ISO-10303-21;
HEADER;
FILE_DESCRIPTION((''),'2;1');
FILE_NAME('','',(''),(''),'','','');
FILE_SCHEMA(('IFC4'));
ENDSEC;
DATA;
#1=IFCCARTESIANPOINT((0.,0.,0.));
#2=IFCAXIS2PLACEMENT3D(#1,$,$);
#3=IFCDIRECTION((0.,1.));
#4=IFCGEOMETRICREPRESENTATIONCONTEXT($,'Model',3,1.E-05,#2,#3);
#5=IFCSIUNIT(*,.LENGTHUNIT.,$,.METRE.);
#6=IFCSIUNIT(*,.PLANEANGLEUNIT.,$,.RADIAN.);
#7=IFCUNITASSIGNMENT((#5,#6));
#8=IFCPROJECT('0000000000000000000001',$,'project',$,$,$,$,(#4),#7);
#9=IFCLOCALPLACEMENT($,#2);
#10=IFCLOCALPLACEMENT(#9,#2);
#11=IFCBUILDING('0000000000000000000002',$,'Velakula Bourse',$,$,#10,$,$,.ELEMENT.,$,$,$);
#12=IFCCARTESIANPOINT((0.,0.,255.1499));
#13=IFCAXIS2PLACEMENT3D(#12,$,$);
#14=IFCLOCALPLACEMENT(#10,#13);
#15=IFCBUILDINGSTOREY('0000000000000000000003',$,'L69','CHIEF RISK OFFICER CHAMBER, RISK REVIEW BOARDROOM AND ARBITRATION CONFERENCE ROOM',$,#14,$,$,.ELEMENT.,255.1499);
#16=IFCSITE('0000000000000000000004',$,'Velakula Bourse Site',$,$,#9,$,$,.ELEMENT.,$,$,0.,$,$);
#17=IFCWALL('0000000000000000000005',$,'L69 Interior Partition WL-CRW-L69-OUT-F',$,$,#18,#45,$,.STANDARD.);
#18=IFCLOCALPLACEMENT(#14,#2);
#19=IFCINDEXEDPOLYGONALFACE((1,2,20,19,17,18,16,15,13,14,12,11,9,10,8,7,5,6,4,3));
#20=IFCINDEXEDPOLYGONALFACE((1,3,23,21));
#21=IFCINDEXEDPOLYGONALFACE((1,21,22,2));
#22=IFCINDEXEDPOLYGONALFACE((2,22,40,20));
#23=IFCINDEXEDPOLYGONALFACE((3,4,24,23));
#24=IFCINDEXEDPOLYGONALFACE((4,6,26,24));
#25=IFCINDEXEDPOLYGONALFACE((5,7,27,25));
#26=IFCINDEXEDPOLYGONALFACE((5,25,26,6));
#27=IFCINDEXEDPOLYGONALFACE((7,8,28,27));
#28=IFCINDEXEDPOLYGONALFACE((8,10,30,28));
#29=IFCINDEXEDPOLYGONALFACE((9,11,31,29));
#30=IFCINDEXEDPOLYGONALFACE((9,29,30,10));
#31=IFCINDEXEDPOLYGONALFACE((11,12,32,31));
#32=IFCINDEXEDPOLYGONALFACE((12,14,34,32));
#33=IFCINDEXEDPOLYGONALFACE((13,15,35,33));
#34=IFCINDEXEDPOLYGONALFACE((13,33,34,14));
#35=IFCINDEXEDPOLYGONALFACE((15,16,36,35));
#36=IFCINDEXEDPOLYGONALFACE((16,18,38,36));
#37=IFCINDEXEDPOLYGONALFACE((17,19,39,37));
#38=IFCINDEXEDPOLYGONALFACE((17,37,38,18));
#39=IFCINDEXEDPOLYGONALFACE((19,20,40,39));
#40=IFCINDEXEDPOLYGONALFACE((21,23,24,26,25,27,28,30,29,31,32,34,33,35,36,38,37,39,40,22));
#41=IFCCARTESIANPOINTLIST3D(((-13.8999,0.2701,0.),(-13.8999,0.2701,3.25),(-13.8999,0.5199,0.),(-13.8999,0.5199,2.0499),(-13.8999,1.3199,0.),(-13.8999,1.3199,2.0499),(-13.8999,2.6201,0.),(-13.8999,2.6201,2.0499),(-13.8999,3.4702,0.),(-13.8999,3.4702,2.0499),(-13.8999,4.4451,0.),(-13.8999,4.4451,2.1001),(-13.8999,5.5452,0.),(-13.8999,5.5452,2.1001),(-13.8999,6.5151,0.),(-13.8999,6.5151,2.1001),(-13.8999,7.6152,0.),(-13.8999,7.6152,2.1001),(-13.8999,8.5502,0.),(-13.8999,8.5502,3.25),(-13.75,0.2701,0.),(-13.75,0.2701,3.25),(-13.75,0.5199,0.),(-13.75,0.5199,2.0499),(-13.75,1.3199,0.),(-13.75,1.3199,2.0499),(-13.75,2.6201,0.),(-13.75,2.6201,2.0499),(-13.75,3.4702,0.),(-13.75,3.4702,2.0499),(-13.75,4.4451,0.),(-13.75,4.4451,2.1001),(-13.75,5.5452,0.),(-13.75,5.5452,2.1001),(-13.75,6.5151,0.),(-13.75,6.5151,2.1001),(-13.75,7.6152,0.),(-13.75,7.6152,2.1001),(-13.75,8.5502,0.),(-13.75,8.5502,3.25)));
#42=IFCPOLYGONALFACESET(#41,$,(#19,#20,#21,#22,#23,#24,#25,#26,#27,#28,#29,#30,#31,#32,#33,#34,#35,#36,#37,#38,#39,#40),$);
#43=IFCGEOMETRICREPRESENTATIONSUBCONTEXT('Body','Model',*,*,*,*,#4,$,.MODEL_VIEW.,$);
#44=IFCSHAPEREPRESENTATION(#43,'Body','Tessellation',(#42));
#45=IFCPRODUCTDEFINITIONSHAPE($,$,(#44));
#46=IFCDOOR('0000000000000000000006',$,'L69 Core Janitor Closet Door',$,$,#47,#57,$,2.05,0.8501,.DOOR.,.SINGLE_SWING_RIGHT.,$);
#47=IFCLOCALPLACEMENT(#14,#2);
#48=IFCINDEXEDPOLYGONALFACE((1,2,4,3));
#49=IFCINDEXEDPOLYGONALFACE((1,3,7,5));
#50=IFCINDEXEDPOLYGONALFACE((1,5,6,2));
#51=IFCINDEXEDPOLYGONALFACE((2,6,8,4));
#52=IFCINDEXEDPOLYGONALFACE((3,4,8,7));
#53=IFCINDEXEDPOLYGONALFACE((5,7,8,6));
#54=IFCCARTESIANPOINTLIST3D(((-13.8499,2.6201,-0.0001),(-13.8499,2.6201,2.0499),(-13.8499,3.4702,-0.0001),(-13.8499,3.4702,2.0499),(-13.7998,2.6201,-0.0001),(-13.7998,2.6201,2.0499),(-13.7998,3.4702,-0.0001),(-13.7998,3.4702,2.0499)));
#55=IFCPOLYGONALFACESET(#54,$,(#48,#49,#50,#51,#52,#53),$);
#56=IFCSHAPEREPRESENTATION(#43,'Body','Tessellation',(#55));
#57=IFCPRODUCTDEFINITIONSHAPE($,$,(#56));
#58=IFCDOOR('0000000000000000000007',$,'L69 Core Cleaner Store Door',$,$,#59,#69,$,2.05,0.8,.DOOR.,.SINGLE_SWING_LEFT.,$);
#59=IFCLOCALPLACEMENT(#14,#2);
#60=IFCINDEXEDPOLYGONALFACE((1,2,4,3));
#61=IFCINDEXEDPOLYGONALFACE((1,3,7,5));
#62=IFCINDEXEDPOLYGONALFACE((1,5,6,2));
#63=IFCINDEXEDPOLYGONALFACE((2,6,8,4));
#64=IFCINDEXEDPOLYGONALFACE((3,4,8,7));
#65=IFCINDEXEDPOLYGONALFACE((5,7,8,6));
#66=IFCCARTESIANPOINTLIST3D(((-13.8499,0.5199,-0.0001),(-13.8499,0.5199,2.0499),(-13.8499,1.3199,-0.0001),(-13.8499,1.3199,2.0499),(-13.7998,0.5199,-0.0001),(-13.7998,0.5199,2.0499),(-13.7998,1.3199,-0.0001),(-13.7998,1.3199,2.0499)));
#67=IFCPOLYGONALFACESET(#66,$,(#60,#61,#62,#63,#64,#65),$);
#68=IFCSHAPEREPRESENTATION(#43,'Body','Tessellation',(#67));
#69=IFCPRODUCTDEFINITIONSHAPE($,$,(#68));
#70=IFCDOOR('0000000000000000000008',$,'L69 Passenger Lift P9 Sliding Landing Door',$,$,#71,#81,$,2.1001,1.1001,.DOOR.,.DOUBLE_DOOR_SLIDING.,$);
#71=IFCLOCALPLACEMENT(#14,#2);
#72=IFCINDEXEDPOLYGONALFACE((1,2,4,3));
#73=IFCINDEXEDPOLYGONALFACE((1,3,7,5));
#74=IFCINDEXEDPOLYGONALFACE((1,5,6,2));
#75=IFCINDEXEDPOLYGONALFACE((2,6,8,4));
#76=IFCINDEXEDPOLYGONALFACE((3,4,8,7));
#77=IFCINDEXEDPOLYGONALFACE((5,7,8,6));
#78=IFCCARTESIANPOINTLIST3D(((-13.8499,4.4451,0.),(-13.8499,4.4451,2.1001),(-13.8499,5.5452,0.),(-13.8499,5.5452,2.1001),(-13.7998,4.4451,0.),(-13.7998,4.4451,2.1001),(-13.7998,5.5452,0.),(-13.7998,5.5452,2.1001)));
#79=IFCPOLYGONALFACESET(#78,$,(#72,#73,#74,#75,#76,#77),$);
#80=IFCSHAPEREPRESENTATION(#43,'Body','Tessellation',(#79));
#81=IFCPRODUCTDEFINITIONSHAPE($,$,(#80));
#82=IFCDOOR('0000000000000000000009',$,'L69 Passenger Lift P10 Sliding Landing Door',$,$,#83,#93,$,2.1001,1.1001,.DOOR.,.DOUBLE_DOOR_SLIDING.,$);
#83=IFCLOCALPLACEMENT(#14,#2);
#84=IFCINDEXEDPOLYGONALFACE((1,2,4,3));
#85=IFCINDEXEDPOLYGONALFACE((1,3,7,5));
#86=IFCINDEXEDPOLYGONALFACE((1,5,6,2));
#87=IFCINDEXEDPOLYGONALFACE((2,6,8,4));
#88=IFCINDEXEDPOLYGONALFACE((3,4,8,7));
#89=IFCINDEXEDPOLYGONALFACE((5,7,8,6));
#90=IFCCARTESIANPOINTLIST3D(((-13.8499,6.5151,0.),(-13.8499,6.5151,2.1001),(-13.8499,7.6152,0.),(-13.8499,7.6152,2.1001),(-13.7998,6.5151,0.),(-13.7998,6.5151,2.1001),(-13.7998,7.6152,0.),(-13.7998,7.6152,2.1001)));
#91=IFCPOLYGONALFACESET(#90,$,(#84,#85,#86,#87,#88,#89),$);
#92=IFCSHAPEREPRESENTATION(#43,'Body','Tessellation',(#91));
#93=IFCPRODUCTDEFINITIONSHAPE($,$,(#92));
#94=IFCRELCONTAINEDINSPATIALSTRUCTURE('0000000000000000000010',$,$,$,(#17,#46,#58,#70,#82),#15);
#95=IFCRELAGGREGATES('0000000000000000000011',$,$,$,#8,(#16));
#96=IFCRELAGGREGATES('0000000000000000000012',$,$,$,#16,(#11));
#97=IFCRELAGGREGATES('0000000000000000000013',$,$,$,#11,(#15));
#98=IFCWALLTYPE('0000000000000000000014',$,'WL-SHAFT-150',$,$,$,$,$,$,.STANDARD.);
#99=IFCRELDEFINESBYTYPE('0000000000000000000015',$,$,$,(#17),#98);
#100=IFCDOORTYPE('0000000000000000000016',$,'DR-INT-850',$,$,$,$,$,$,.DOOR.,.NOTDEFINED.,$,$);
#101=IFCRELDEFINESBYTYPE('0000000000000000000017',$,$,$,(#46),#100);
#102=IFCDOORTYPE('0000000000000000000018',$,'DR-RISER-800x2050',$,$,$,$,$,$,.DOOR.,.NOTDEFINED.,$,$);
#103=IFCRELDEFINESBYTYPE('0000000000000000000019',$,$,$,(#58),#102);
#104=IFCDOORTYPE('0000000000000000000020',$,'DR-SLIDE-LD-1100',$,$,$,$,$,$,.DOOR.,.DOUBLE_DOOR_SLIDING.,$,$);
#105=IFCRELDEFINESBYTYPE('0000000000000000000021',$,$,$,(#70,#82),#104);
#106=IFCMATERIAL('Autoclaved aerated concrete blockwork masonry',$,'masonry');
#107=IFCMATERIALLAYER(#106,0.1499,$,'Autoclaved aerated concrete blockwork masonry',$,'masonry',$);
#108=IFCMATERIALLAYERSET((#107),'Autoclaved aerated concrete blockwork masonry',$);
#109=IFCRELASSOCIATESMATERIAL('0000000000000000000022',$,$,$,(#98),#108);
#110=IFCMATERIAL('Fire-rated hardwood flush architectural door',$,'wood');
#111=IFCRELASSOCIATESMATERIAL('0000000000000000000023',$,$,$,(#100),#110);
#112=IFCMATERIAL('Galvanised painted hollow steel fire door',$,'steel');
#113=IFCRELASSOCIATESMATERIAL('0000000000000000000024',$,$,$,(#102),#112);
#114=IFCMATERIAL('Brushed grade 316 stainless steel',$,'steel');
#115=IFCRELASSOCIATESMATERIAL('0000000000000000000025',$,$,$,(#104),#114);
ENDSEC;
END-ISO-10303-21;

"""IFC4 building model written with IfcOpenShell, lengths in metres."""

from ifc_helpers import new_model, si_unit, direction, frame, frame_2d, origin, place, context, subcontext, project, spatial, rectangle, extrude, material, layer, layer_set, type_object, element, fill, save


model = new_model("IFC4")

# Units and contexts
model_context = context("Model", 3, precision=1e-05, world=origin(), true_north=direction((0.0, 1.0)))
body_context = subcontext(model_context, "Body", "Model", "MODEL_VIEW")
ifc_project = project(units=[si_unit("LENGTHUNIT", "METRE"), si_unit("PLANEANGLEUNIT", "RADIAN")], contexts=[model_context])

# Site, building, storey
site_placement = place(None, origin())
site = spatial("IfcSite", under=ifc_project, at=site_placement, Name="Velakula Bourse Site", CompositionType="ELEMENT", RefElevation=0.0)
building_placement = place(site_placement, origin())
building = spatial("IfcBuilding", under=site, at=building_placement, Name="Velakula Bourse", CompositionType="ELEMENT")
storey_placement = place(building_placement, frame((0.0, 0.0, 255.1499)))
storey = spatial("IfcBuildingStorey", under=building, at=storey_placement, Name="L69", Description="CHIEF RISK OFFICER CHAMBER, RISK REVIEW BOARDROOM AND ARBITRATION CONFERENCE ROOM", CompositionType="ELEMENT", Elevation=255.1499)

# Shared definitions
ifc_material_1 = material(Name="Fire-rated hardwood flush architectural door", Category="wood")

# Shared definitions
ifc_material_2 = material(Name="Autoclaved aerated concrete blockwork masonry", Category="masonry")
ifc_layer_1 = layer(ifc_material_2, 0.1499, Name="Autoclaved aerated concrete blockwork masonry", Category="masonry")
ifc_layer_set_1 = layer_set([ifc_layer_1], Name="Autoclaved aerated concrete blockwork masonry")
wall_type_1 = type_object("IfcWallType", Name="WL-SHAFT-150", PredefinedType="STANDARD", material=ifc_layer_set_1)

# Wall, openings, doors
wall_1_placement = place(storey_placement, frame((-13.825, 0.27, 0.0), z_axis=(0.0, 0.0, 1.0), x_axis=(0.0, 1.0, 0.0)))
wall_1 = element("IfcWall", 1, at=wall_1_placement, inside=storey, type_object=wall_type_1, Name="L69 Interior Partition WL-CRW-L69-OUT-F", PredefinedType="STANDARD", context=body_context, shape_type="SweptSolid", body=[
    extrude(rectangle(XDim=8.28, YDim=0.1499, at=frame_2d((4.1401, 0.0))), origin(), (0.0, 0.0, 1.0), 3.25),
])
opening_1_placement = place(wall_1_placement, frame((4.175, 0.0, 0.0)))
opening_1 = element("IfcOpeningElement", 2, at=opening_1_placement, cuts=wall_1, PredefinedType="OPENING", context=body_context, shape_type="SweptSolid", body=[
    extrude(rectangle(XDim=1.1001, YDim=2.1001, at=frame_2d((0.55, 1.05))), frame((0.0, 0.085, 0.0), z_axis=(0.0, -1.0, 0.0), x_axis=(1.0, 0.0, 0.0)), (0.0, 0.0, 1.0), 0.1699),
])
opening_2_placement = place(wall_1_placement, frame((6.2451, 0.0, 0.0)))
opening_2 = element("IfcOpeningElement", 3, at=opening_2_placement, cuts=wall_1, PredefinedType="OPENING", context=body_context, shape_type="SweptSolid", body=[
    extrude(rectangle(XDim=1.1001, YDim=2.1001, at=frame_2d((0.55, 1.05))), frame((0.0, 0.085, 0.0), z_axis=(0.0, -1.0, 0.0), x_axis=(1.0, 0.0, 0.0)), (0.0, 0.0, 1.0), 0.1699),
])
opening_3_placement = place(wall_1_placement, frame((0.25, 0.0, 0.0)))
opening_3 = element("IfcOpeningElement", 4, at=opening_3_placement, cuts=wall_1, PredefinedType="OPENING", context=body_context, shape_type="SweptSolid", body=[
    extrude(rectangle(XDim=0.8, YDim=2.05, at=frame_2d((0.3999, 1.0249))), frame((0.0, 0.085, 0.0), z_axis=(0.0, -1.0, 0.0), x_axis=(1.0, 0.0, 0.0)), (0.0, 0.0, 1.0), 0.1699),
])
opening_4_placement = place(wall_1_placement, frame((2.3501, 0.0, 0.0)))
opening_4 = element("IfcOpeningElement", 5, at=opening_4_placement, cuts=wall_1, PredefinedType="OPENING", context=body_context, shape_type="SweptSolid", body=[
    extrude(rectangle(XDim=0.8501, YDim=2.05, at=frame_2d((0.425, 1.0249))), frame((0.0, 0.085, 0.0), z_axis=(0.0, -1.0, 0.0), x_axis=(1.0, 0.0, 0.0)), (0.0, 0.0, 1.0), 0.1699),
])
door_type_1 = type_object("IfcDoorType", Name="DR-INT-850", OperationType="NOTDEFINED", PredefinedType="DOOR", material=ifc_material_1)
door_1_placement = place(opening_4_placement, origin())
door_1 = element("IfcDoor", 6, at=door_1_placement, inside=storey, type_object=door_type_1, Name="L69 Core Janitor Closet Door", OperationType="SINGLE_SWING_RIGHT", OverallHeight=2.05, OverallWidth=0.8501, PredefinedType="DOOR", context=body_context, shape_type="SweptSolid", body=[
    extrude(rectangle(XDim=0.8501, YDim=2.05, at=frame_2d((0.425, 1.0249))), frame((0.0, 0.0249, 0.0), z_axis=(0.0, -1.0, 0.0), x_axis=(1.0, 0.0, 0.0)), (0.0, 0.0, 1.0), 0.05),
])
fill(opening_4, door_1)
ifc_material_3 = material(Name="Galvanised painted hollow steel fire door", Category="steel")
door_type_2 = type_object("IfcDoorType", Name="DR-RISER-800x2050", OperationType="NOTDEFINED", PredefinedType="DOOR", material=ifc_material_3)
door_2_placement = place(opening_3_placement, origin())
door_2 = element("IfcDoor", 7, at=door_2_placement, inside=storey, type_object=door_type_2, Name="L69 Core Cleaner Store Door", OperationType="SINGLE_SWING_LEFT", OverallHeight=2.05, OverallWidth=0.8, PredefinedType="DOOR", context=body_context, shape_type="SweptSolid", body=[
    extrude(rectangle(XDim=0.8, YDim=2.05, at=frame_2d((0.3999, 1.0249))), frame((0.0, 0.0249, 0.0), z_axis=(0.0, -1.0, 0.0), x_axis=(1.0, 0.0, 0.0)), (0.0, 0.0, 1.0), 0.05),
])
fill(opening_3, door_2)
ifc_material_4 = material(Name="Brushed grade 316 stainless steel", Category="steel")
door_type_3 = type_object("IfcDoorType", Name="DR-SLIDE-LD-1100", OperationType="DOUBLE_DOOR_SLIDING", PredefinedType="DOOR", material=ifc_material_4)
door_3_placement = place(opening_1_placement, origin())
door_3 = element("IfcDoor", 8, at=door_3_placement, inside=storey, type_object=door_type_3, Name="L69 Passenger Lift P9 Sliding Landing Door", OperationType="DOUBLE_DOOR_SLIDING", OverallHeight=2.1001, OverallWidth=1.1001, PredefinedType="DOOR", context=body_context, shape_type="SweptSolid", body=[
    extrude(rectangle(XDim=1.1001, YDim=2.1001, at=frame_2d((0.55, 1.05))), frame((0.0, 0.0249, 0.0), z_axis=(0.0, -1.0, 0.0), x_axis=(1.0, 0.0, 0.0)), (0.0, 0.0, 1.0), 0.05),
])
fill(opening_1, door_3)
door_4_placement = place(opening_2_placement, origin())
door_4 = element("IfcDoor", 9, at=door_4_placement, inside=storey, type_object=door_type_3, Name="L69 Passenger Lift P10 Sliding Landing Door", OperationType="DOUBLE_DOOR_SLIDING", OverallHeight=2.1001, OverallWidth=1.1001, PredefinedType="DOOR", context=body_context, shape_type="SweptSolid", body=[
    extrude(rectangle(XDim=1.1001, YDim=2.1001, at=frame_2d((0.55, 1.05))), frame((0.0, 0.0249, 0.0), z_axis=(0.0, -1.0, 0.0), x_axis=(1.0, 0.0, 0.0)), (0.0, 0.0, 1.0), 0.05),
])
fill(opening_2, door_4)

save(model, "model.ifc")
